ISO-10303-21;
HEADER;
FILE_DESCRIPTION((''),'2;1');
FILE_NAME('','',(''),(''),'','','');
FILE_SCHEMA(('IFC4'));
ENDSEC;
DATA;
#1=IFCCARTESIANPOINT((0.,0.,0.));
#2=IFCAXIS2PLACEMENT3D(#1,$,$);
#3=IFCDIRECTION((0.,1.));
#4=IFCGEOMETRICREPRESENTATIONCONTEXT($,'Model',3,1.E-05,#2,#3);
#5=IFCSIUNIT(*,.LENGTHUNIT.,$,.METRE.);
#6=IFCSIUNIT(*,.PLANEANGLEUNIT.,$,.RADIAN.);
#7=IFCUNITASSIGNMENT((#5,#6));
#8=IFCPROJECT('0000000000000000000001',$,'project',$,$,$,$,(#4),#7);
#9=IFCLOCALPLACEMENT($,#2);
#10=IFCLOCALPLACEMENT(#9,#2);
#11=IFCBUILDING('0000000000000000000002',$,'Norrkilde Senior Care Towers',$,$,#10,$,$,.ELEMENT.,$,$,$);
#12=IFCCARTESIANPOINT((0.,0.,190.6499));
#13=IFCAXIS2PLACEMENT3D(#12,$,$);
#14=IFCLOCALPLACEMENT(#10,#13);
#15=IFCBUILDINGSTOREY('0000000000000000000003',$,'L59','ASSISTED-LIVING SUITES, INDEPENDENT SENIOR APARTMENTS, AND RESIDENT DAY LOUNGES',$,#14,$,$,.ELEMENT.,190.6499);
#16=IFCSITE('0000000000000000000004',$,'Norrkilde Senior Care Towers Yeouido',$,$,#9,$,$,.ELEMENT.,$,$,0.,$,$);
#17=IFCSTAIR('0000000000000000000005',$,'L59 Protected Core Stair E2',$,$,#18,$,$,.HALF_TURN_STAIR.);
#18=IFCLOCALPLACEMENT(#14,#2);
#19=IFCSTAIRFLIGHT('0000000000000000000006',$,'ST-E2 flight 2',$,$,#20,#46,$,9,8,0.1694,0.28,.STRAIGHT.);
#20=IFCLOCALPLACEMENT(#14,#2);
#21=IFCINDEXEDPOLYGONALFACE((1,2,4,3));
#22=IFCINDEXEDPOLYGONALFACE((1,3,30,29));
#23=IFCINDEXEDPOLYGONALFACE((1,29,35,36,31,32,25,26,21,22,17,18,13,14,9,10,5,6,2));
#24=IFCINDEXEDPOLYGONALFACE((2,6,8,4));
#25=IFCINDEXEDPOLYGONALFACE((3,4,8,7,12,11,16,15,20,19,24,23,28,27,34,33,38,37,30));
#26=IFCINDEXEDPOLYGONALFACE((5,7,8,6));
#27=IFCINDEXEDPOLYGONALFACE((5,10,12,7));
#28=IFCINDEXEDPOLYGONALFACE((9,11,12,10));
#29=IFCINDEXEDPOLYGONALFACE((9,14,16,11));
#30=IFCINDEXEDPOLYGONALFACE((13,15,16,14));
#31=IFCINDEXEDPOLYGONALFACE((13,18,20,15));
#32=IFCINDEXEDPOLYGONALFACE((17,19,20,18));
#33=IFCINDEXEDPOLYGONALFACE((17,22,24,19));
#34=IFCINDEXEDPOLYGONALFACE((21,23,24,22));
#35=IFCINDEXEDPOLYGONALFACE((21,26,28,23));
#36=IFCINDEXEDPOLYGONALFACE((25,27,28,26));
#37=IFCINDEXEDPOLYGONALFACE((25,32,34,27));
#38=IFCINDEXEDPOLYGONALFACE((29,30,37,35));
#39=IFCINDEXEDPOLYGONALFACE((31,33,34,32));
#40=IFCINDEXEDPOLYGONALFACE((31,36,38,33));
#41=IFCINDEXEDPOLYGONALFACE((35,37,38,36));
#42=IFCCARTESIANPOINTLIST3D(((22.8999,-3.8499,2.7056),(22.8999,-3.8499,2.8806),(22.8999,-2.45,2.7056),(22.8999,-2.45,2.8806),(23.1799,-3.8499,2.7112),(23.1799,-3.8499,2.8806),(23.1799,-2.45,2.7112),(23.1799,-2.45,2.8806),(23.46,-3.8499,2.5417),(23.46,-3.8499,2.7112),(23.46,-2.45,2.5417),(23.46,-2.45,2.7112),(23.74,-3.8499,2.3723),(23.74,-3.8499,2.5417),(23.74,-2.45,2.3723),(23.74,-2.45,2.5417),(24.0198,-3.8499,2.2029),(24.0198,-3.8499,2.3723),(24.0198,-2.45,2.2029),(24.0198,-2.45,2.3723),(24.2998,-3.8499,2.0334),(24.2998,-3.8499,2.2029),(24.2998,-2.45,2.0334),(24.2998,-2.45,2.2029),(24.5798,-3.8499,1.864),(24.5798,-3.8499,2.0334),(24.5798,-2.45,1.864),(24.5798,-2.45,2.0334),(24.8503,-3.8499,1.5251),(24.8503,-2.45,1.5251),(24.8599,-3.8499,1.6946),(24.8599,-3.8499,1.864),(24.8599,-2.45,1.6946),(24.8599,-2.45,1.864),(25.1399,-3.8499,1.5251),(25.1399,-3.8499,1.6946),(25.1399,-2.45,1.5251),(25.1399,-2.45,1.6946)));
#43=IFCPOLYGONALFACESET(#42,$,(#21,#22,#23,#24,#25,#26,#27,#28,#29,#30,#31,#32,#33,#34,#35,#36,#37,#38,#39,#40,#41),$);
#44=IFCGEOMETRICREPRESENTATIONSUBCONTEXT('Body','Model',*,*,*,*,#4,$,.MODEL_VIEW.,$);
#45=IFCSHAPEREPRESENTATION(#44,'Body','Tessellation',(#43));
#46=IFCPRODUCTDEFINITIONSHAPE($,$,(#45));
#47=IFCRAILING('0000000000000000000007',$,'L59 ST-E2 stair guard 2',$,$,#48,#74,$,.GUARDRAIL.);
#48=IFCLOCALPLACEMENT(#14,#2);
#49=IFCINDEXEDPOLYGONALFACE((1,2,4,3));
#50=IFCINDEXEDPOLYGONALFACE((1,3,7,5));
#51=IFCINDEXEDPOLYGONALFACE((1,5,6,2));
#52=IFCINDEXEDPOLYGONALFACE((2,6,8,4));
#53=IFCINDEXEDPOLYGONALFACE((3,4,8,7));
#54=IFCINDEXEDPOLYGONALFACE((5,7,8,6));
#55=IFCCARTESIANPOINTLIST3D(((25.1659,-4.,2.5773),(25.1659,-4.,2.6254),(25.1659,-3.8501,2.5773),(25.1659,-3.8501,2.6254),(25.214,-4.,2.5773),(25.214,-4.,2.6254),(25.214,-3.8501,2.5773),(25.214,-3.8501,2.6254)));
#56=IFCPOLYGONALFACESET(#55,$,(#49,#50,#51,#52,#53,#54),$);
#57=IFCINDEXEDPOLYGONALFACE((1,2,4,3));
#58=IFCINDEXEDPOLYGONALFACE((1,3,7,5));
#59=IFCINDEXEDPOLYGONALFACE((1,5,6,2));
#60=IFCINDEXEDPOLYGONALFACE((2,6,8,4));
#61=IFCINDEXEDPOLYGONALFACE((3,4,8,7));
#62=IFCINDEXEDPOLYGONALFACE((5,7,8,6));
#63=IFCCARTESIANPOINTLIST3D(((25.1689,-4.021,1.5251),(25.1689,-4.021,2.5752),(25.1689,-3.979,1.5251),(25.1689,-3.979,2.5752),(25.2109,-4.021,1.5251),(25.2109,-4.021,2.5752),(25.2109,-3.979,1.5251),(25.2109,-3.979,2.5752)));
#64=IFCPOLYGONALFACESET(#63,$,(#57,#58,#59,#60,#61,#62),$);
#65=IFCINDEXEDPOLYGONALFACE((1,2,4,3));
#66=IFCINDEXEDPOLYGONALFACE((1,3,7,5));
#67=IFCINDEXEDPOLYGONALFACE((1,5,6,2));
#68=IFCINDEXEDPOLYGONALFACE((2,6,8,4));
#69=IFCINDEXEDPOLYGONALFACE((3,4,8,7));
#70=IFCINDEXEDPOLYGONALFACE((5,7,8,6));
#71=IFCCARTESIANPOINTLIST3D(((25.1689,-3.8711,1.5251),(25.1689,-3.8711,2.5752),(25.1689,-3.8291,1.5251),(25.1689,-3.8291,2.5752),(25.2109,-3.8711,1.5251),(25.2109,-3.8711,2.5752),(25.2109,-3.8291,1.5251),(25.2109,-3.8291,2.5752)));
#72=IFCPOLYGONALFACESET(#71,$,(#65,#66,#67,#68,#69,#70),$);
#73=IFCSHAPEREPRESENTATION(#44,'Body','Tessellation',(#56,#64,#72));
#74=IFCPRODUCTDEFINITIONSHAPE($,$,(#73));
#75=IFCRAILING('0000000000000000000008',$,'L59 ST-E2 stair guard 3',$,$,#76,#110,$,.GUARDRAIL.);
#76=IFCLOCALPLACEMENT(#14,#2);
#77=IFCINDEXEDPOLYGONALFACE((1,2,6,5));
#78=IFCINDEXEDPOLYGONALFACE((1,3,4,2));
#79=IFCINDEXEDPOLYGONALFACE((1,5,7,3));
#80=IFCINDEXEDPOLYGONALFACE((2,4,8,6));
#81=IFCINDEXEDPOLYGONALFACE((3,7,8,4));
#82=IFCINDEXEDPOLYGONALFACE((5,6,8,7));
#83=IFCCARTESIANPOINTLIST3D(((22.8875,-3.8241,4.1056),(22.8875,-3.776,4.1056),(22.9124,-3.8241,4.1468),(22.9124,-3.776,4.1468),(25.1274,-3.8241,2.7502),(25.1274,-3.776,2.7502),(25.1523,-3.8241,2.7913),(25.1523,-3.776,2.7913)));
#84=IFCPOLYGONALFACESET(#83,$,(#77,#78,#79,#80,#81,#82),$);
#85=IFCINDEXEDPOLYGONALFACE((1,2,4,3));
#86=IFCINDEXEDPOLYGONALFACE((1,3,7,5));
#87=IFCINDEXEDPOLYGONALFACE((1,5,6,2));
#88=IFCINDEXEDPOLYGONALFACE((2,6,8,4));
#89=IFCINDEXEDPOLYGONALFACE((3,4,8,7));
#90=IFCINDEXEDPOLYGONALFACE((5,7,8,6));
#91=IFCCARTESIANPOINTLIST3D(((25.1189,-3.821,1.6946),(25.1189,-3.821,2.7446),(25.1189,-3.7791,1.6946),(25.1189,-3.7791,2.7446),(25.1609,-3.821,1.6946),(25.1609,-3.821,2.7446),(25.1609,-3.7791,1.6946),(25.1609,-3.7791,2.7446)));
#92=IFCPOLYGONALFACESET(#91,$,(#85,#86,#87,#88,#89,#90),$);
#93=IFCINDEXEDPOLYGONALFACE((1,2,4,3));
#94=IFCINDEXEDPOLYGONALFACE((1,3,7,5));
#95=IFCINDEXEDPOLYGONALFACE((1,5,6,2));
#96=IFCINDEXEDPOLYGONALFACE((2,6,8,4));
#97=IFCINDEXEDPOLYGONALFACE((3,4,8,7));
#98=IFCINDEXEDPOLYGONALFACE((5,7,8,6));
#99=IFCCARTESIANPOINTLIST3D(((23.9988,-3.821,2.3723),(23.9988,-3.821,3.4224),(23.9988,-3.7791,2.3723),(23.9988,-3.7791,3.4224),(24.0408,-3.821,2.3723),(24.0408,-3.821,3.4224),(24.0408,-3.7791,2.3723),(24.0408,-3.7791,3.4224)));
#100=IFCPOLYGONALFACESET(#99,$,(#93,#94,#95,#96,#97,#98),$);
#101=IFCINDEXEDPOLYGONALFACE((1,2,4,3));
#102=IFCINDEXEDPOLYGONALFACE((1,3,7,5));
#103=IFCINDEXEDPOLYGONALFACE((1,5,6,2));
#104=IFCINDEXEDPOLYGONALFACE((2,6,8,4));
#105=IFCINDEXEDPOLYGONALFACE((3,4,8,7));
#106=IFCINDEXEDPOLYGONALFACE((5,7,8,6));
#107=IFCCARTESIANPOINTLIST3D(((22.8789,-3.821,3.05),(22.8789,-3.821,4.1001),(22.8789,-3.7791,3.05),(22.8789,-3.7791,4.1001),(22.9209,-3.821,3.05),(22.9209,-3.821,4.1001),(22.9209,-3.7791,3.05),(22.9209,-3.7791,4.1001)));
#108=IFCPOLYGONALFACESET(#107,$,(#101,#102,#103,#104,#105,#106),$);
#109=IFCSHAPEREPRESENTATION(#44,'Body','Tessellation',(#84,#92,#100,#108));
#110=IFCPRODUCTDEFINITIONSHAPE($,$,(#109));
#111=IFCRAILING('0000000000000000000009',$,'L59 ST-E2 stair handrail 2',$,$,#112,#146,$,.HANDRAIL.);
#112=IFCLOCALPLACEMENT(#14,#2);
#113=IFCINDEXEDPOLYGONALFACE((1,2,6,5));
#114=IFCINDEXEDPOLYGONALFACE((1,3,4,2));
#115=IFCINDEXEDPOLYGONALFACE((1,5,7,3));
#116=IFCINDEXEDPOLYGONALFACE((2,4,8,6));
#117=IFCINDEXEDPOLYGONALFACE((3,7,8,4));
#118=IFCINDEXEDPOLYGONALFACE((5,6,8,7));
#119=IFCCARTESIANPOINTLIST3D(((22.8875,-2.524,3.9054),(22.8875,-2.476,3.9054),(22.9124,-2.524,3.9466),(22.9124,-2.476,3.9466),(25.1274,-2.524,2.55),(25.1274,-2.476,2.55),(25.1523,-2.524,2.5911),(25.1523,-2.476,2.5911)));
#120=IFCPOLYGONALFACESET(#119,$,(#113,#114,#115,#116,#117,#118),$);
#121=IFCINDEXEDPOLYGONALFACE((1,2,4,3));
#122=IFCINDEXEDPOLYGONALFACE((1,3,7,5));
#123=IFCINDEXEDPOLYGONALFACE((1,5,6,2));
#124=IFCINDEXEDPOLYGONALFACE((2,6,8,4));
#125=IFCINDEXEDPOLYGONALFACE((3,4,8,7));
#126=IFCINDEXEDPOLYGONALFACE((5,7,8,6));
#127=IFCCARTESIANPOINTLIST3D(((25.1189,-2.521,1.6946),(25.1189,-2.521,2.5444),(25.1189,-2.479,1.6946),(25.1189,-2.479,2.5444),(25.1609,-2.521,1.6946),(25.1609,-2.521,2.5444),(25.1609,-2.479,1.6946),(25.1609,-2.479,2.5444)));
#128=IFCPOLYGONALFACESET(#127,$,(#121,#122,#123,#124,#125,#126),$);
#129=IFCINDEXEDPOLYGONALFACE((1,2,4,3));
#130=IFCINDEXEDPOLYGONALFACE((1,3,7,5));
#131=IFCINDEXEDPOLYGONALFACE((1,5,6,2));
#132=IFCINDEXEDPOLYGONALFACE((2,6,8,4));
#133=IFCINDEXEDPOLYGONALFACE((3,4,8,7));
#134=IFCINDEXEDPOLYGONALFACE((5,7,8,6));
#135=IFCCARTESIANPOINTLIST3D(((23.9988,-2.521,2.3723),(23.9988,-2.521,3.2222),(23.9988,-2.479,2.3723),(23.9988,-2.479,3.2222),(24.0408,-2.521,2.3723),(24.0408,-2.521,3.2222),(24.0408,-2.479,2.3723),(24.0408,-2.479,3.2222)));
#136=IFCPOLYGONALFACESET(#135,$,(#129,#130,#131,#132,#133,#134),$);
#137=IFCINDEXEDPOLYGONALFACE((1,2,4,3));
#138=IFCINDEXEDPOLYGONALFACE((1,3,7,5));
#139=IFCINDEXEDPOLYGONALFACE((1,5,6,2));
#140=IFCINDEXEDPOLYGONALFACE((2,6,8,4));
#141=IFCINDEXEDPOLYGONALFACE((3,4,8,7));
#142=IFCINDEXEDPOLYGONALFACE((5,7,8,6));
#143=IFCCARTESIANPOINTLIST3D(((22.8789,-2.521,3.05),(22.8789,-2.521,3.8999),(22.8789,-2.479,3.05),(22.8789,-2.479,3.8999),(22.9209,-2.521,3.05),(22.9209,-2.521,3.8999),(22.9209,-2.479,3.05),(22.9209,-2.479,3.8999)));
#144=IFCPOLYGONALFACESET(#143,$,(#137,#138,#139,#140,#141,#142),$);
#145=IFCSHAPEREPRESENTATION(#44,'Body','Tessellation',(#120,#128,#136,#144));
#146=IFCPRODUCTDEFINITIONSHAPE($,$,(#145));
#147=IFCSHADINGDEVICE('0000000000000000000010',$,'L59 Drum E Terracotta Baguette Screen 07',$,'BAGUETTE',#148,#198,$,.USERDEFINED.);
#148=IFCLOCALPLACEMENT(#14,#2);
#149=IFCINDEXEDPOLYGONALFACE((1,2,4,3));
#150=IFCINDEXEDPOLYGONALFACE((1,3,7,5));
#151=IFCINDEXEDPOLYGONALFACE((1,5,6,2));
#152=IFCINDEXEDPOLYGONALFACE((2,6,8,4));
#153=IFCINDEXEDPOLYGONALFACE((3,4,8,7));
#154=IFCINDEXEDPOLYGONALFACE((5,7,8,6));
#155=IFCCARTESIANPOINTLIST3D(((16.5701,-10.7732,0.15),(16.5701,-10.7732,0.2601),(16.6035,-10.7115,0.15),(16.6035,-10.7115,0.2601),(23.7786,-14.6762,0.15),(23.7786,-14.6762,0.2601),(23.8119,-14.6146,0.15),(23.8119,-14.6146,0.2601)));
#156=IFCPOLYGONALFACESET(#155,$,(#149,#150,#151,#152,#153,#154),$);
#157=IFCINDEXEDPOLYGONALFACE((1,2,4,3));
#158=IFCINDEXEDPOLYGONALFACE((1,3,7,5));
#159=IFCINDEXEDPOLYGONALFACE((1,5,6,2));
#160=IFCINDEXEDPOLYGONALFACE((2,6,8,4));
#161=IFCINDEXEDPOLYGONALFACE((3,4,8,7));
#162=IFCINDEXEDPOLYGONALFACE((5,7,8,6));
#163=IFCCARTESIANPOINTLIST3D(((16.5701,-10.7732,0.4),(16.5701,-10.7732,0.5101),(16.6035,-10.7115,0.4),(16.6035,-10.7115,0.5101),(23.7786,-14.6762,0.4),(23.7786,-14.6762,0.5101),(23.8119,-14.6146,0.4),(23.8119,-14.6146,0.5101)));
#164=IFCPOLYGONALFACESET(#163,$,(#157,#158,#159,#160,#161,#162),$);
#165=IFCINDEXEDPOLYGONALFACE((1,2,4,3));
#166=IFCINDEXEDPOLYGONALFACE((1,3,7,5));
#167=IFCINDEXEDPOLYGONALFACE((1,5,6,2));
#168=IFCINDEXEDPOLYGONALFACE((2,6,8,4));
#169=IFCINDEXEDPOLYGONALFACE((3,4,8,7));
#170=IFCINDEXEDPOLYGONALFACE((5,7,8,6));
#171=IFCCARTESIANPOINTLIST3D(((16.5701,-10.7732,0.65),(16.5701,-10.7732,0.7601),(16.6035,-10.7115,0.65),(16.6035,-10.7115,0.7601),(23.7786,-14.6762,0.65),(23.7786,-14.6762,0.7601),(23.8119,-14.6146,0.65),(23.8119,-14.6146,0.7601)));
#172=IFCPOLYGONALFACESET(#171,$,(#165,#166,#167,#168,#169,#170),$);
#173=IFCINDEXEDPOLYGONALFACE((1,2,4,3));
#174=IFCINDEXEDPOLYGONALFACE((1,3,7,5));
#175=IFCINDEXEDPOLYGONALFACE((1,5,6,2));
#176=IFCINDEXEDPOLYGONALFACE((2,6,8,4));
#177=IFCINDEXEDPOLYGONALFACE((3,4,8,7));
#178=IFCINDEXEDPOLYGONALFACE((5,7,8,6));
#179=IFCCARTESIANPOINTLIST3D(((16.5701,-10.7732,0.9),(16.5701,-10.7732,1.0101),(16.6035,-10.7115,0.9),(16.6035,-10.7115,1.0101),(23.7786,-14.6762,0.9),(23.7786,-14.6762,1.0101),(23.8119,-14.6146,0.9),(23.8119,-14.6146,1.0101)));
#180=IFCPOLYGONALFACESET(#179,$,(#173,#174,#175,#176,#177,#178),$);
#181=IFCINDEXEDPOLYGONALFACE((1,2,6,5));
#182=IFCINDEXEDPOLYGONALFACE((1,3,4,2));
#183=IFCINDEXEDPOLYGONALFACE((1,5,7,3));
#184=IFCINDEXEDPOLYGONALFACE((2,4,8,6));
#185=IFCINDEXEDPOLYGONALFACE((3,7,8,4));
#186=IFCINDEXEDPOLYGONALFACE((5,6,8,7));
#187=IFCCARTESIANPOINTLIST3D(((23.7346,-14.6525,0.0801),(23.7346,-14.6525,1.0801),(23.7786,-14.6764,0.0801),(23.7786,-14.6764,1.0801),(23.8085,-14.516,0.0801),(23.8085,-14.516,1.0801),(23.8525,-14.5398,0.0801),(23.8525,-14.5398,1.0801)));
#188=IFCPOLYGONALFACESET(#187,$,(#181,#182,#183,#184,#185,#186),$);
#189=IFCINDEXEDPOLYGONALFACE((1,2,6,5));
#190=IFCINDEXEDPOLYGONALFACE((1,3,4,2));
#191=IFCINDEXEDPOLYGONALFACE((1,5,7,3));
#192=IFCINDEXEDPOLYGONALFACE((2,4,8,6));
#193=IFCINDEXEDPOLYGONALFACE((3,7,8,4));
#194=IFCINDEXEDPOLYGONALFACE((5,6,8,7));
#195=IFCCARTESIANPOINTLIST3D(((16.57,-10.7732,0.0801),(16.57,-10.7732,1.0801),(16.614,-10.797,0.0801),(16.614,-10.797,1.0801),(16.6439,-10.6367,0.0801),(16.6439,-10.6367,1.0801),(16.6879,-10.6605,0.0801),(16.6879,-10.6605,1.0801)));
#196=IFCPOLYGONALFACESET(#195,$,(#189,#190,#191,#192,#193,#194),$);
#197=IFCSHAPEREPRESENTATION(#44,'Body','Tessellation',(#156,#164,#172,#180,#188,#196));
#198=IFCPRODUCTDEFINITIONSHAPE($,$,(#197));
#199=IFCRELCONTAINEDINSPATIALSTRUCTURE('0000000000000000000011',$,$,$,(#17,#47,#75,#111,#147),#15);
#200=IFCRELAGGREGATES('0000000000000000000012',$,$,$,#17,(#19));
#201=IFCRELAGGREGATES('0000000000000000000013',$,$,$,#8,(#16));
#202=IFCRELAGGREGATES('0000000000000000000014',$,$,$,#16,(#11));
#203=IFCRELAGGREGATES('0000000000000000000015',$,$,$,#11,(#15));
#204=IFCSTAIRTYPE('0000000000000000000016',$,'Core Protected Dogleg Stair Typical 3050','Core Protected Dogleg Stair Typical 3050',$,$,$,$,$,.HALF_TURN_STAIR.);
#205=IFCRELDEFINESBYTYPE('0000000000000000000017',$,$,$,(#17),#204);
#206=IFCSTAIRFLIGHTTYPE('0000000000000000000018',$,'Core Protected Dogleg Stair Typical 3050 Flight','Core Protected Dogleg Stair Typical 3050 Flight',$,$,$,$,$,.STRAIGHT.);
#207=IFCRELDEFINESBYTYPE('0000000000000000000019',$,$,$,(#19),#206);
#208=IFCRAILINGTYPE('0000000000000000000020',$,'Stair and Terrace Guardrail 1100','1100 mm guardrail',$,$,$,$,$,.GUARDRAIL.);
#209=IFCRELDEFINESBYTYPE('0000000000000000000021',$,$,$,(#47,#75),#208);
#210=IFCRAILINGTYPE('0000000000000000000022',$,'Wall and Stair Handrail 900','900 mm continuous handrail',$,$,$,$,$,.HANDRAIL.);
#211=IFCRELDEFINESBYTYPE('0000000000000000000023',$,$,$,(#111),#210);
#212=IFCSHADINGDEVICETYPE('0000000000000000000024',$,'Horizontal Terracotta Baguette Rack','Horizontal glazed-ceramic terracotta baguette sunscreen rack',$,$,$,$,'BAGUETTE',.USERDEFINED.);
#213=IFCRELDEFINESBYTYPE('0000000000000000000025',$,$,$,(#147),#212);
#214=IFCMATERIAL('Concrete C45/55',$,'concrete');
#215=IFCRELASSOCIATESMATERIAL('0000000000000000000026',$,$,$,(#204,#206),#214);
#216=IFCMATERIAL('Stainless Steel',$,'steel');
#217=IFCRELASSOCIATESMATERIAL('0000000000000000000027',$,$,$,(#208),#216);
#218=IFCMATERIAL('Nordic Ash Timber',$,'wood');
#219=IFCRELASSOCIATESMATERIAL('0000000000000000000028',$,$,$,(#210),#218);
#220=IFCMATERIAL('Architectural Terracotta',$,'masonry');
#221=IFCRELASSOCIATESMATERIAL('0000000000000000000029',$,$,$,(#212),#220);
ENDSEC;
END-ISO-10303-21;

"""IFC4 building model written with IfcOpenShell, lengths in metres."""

from ifc_helpers import new_model, si_unit, direction, frame, origin, origin_2d, place, context, subcontext, project, spatial, polyline, rectangle, outline, extrude, source, transform, mapped, material, type_object, type_shapes, element, aggregate, save


model = new_model("IFC4")

# Units and contexts
model_context = context("Model", 3, precision=1e-05, world=origin(), true_north=direction((0.0, 1.0)))
body_context = subcontext(model_context, "Body", "Model", "MODEL_VIEW")
ifc_project = project(units=[si_unit("LENGTHUNIT", "METRE"), si_unit("PLANEANGLEUNIT", "RADIAN")], contexts=[model_context])

# Site, building, storey
site_placement = place(None, origin())
site = spatial("IfcSite", under=ifc_project, at=site_placement, Name="Norrkilde Senior Care Towers Yeouido", CompositionType="ELEMENT", RefElevation=0.0)
building_placement = place(site_placement, origin())
building = spatial("IfcBuilding", under=site, at=building_placement, Name="Norrkilde Senior Care Towers", CompositionType="ELEMENT")
storey_placement = place(building_placement, frame((0.0, 0.0, 190.6499)))
storey = spatial("IfcBuildingStorey", under=building, at=storey_placement, Name="L59", Description="ASSISTED-LIVING SUITES, INDEPENDENT SENIOR APARTMENTS, AND RESIDENT DAY LOUNGES", CompositionType="ELEMENT", Elevation=190.6499)

# Shared definitions
ifc_material_1 = material(Name="Concrete C45/55", Category="concrete")
ifc_material_2 = material(Name="Stainless Steel", Category="steel")

# Shared definitions
ifc_material_3 = material(Name="Nordic Ash Timber", Category="wood")

# Stair, stair flight
stair_type = type_object("IfcStairType", Name="Core Protected Dogleg Stair Typical 3050", Description="Core Protected Dogleg Stair Typical 3050", PredefinedType="HALF_TURN_STAIR", material=ifc_material_1)
stair_placement = place(storey_placement, origin())
stair = element("IfcStair", 1, at=stair_placement, inside=storey, type_object=stair_type, Name="L59 Protected Core Stair E2", PredefinedType="HALF_TURN_STAIR")
stair_flight_type = type_object("IfcStairFlightType", Name="Core Protected Dogleg Stair Typical 3050 Flight", Description="Core Protected Dogleg Stair Typical 3050 Flight", PredefinedType="STRAIGHT", material=ifc_material_1)
stair_flight_placement = place(storey_placement, frame((25.1399, -3.1499, 1.5251), z_axis=(0.0, 0.0, 1.0), x_axis=(-1.0, 0.0, 0.0)))
stair_flight = element("IfcStairFlight", 2, at=stair_flight_placement, type_object=stair_flight_type, Name="ST-E2 flight 2", NumberOfRisers=9, NumberOfTreads=8, PredefinedType="STRAIGHT", RiserHeight=0.1694, TreadLength=0.28, context=body_context, shape_type="SweptSolid", body=[
    extrude(outline(polyline([(0.0, 0.0), (0.0, 0.1694), (0.28, 0.1694), (0.28, 0.3389), (0.5601, 0.3389), (0.5601, 0.5083), (0.8401, 0.5083), (0.8401, 0.6777), (1.1201, 0.6777), (1.1201, 0.8472), (1.3999, 0.8472), (1.3999, 1.0166), (1.6799, 1.0166), (1.6799, 1.186), (1.96, 1.186), (1.96, 1.3555), (2.24, 1.3555), (2.24, 1.5249), (2.24, 1.1804), (0.2896, 0.0), (0.0, 0.0)])), frame((0.0, 0.7, 0.0), z_axis=(0.0, -1.0, 0.0), x_axis=(1.0, 0.0, 0.0)), (0.0, 0.0, 1.0), 1.3999),
])
aggregate(stair, [stair_flight])

# Railings
railing_type_1 = type_object("IfcRailingType", Name="Stair and Terrace Guardrail 1100", Description="1100 mm guardrail", PredefinedType="GUARDRAIL", material=ifc_material_2)
railing_1_placement = place(storey_placement, frame((25.1899, -4.0, 1.5251)))
element("IfcRailing", 3, at=railing_1_placement, inside=storey, type_object=railing_type_1, Name="L59 ST-E2 stair guard 2", PredefinedType="GUARDRAIL", context=body_context, shape_type="SweptSolid", body=[
    extrude(rectangle(XDim=0.0481, YDim=0.0481, at=origin_2d()), frame((0.0, 0.0, 1.0762), z_axis=(0.0, 1.0, 0.0), x_axis=(-1.0, 0.0, 0.0)), (0.0, 0.0, 1.0), 0.1499),
    extrude(rectangle(XDim=0.042, YDim=0.042, at=origin_2d()), origin(), (0.0, 0.0, 1.0), 1.05),
    extrude(rectangle(XDim=0.042, YDim=0.042, at=origin_2d()), frame((0.0, 0.1499, 0.0)), (0.0, 0.0, 1.0), 1.05),
])
railing_2_placement = place(storey_placement, frame((25.1399, -3.8, 1.6946)))
element("IfcRailing", 4, at=railing_2_placement, inside=storey, type_object=railing_type_1, Name="L59 ST-E2 stair guard 3", PredefinedType="GUARDRAIL", context=body_context, shape_type="SweptSolid", body=[
    extrude(rectangle(XDim=0.0481, YDim=0.0481, at=origin_2d()), frame((0.0, 0.0, 1.0762), z_axis=(-0.855553, 0.0, 0.517715), x_axis=(0.0, -1.0, 0.0)), (0.0, 0.0, 1.0), 2.6182),
    extrude(rectangle(XDim=0.042, YDim=0.042, at=origin_2d()), origin(), (0.0, 0.0, 1.0), 1.05),
    extrude(rectangle(XDim=0.042, YDim=0.042, at=origin_2d()), frame((-1.1201, 0.0, 0.6777)), (0.0, 0.0, 1.0), 1.05),
    extrude(rectangle(XDim=0.042, YDim=0.042, at=origin_2d()), frame((-2.24, 0.0, 1.3555)), (0.0, 0.0, 1.0), 1.05),
])
railing_type_2 = type_object("IfcRailingType", Name="Wall and Stair Handrail 900", Description="900 mm continuous handrail", PredefinedType="HANDRAIL", material=ifc_material_3)
railing_3_placement = place(storey_placement, frame((25.1399, -2.5, 1.6946)))
element("IfcRailing", 5, at=railing_3_placement, inside=storey, type_object=railing_type_2, Name="L59 ST-E2 stair handrail 2", PredefinedType="HANDRAIL", context=body_context, shape_type="SweptSolid", body=[
    extrude(rectangle(XDim=0.0481, YDim=0.0481, at=origin_2d()), frame((0.0, 0.0, 0.876), z_axis=(-0.855553, 0.0, 0.517715), x_axis=(0.0, -1.0, 0.0)), (0.0, 0.0, 1.0), 2.6182),
    extrude(rectangle(XDim=0.042, YDim=0.042, at=origin_2d()), origin(), (0.0, 0.0, 1.0), 0.8499),
    extrude(rectangle(XDim=0.042, YDim=0.042, at=origin_2d()), frame((-1.1201, 0.0, 0.6777)), (0.0, 0.0, 1.0), 0.8499),
    extrude(rectangle(XDim=0.042, YDim=0.042, at=origin_2d()), frame((-2.24, 0.0, 1.3555)), (0.0, 0.0, 1.0), 0.8499),
])

# Shading device
ifc_material_4 = material(Name="Architectural Terracotta", Category="masonry")
shading_device_type = type_object("IfcShadingDeviceType", Name="Horizontal Terracotta Baguette Rack", Description="Horizontal glazed-ceramic terracotta baguette sunscreen rack", ElementType="BAGUETTE", PredefinedType="USERDEFINED", material=ifc_material_4)
shared_shape_1 = source(origin(), body_context, "Body", "SweptSolid", [
    extrude(rectangle(XDim=0.0701, YDim=0.1101, at=origin_2d()), frame((0.0, 0.0901, 0.125), z_axis=(1.0, 0.0, 0.0), x_axis=(0.0, 1.0, 0.0)), (0.0, 0.0, 1.0), 8.1973),
    extrude(rectangle(XDim=0.0701, YDim=0.1101, at=origin_2d()), frame((0.0, 0.0901, 0.375), z_axis=(1.0, 0.0, 0.0), x_axis=(0.0, 1.0, 0.0)), (0.0, 0.0, 1.0), 8.1973),
    extrude(rectangle(XDim=0.0701, YDim=0.1101, at=origin_2d()), frame((0.0, 0.0901, 0.625), z_axis=(1.0, 0.0, 0.0), x_axis=(0.0, 1.0, 0.0)), (0.0, 0.0, 1.0), 8.1973),
    extrude(rectangle(XDim=0.0701, YDim=0.1101, at=origin_2d()), frame((0.0, 0.0901, 0.875), z_axis=(1.0, 0.0, 0.0), x_axis=(0.0, 1.0, 0.0)), (0.0, 0.0, 1.0), 8.1973),
    extrude(rectangle(XDim=0.05, YDim=0.1553, at=origin_2d()), frame((0.0249, 0.0476, 0.0)), (0.0, 0.0, 1.0), 1.0),
    extrude(rectangle(XDim=0.05, YDim=0.1553, at=origin_2d()), frame((8.1724, 0.0476, 0.0)), (0.0, 0.0, 1.0), 1.0),
])
type_shapes(shading_device_type, [shared_shape_1])
shading_device_placement = place(storey_placement, frame((23.8381, -14.5662, 0.0801), z_axis=(0.0, 0.0, 1.0), x_axis=(-0.879378, 0.476144, 0.0)))
element("IfcShadingDevice", 6, at=shading_device_placement, inside=storey, type_object=shading_device_type, Name="L59 Drum E Terracotta Baguette Screen 07", ObjectType="BAGUETTE", PredefinedType="USERDEFINED", context=body_context, shape_type="MappedRepresentation", body=[
    mapped(shared_shape_1, transform((0.0, 0.0, 0.0), x_axis=(1.0, 0.0, 0.0), y_axis=(0.0, 1.0, 0.0), z_axis=(0.0, 0.0, 1.0), scale=1.0)),
])

save(model, "model.ifc")
